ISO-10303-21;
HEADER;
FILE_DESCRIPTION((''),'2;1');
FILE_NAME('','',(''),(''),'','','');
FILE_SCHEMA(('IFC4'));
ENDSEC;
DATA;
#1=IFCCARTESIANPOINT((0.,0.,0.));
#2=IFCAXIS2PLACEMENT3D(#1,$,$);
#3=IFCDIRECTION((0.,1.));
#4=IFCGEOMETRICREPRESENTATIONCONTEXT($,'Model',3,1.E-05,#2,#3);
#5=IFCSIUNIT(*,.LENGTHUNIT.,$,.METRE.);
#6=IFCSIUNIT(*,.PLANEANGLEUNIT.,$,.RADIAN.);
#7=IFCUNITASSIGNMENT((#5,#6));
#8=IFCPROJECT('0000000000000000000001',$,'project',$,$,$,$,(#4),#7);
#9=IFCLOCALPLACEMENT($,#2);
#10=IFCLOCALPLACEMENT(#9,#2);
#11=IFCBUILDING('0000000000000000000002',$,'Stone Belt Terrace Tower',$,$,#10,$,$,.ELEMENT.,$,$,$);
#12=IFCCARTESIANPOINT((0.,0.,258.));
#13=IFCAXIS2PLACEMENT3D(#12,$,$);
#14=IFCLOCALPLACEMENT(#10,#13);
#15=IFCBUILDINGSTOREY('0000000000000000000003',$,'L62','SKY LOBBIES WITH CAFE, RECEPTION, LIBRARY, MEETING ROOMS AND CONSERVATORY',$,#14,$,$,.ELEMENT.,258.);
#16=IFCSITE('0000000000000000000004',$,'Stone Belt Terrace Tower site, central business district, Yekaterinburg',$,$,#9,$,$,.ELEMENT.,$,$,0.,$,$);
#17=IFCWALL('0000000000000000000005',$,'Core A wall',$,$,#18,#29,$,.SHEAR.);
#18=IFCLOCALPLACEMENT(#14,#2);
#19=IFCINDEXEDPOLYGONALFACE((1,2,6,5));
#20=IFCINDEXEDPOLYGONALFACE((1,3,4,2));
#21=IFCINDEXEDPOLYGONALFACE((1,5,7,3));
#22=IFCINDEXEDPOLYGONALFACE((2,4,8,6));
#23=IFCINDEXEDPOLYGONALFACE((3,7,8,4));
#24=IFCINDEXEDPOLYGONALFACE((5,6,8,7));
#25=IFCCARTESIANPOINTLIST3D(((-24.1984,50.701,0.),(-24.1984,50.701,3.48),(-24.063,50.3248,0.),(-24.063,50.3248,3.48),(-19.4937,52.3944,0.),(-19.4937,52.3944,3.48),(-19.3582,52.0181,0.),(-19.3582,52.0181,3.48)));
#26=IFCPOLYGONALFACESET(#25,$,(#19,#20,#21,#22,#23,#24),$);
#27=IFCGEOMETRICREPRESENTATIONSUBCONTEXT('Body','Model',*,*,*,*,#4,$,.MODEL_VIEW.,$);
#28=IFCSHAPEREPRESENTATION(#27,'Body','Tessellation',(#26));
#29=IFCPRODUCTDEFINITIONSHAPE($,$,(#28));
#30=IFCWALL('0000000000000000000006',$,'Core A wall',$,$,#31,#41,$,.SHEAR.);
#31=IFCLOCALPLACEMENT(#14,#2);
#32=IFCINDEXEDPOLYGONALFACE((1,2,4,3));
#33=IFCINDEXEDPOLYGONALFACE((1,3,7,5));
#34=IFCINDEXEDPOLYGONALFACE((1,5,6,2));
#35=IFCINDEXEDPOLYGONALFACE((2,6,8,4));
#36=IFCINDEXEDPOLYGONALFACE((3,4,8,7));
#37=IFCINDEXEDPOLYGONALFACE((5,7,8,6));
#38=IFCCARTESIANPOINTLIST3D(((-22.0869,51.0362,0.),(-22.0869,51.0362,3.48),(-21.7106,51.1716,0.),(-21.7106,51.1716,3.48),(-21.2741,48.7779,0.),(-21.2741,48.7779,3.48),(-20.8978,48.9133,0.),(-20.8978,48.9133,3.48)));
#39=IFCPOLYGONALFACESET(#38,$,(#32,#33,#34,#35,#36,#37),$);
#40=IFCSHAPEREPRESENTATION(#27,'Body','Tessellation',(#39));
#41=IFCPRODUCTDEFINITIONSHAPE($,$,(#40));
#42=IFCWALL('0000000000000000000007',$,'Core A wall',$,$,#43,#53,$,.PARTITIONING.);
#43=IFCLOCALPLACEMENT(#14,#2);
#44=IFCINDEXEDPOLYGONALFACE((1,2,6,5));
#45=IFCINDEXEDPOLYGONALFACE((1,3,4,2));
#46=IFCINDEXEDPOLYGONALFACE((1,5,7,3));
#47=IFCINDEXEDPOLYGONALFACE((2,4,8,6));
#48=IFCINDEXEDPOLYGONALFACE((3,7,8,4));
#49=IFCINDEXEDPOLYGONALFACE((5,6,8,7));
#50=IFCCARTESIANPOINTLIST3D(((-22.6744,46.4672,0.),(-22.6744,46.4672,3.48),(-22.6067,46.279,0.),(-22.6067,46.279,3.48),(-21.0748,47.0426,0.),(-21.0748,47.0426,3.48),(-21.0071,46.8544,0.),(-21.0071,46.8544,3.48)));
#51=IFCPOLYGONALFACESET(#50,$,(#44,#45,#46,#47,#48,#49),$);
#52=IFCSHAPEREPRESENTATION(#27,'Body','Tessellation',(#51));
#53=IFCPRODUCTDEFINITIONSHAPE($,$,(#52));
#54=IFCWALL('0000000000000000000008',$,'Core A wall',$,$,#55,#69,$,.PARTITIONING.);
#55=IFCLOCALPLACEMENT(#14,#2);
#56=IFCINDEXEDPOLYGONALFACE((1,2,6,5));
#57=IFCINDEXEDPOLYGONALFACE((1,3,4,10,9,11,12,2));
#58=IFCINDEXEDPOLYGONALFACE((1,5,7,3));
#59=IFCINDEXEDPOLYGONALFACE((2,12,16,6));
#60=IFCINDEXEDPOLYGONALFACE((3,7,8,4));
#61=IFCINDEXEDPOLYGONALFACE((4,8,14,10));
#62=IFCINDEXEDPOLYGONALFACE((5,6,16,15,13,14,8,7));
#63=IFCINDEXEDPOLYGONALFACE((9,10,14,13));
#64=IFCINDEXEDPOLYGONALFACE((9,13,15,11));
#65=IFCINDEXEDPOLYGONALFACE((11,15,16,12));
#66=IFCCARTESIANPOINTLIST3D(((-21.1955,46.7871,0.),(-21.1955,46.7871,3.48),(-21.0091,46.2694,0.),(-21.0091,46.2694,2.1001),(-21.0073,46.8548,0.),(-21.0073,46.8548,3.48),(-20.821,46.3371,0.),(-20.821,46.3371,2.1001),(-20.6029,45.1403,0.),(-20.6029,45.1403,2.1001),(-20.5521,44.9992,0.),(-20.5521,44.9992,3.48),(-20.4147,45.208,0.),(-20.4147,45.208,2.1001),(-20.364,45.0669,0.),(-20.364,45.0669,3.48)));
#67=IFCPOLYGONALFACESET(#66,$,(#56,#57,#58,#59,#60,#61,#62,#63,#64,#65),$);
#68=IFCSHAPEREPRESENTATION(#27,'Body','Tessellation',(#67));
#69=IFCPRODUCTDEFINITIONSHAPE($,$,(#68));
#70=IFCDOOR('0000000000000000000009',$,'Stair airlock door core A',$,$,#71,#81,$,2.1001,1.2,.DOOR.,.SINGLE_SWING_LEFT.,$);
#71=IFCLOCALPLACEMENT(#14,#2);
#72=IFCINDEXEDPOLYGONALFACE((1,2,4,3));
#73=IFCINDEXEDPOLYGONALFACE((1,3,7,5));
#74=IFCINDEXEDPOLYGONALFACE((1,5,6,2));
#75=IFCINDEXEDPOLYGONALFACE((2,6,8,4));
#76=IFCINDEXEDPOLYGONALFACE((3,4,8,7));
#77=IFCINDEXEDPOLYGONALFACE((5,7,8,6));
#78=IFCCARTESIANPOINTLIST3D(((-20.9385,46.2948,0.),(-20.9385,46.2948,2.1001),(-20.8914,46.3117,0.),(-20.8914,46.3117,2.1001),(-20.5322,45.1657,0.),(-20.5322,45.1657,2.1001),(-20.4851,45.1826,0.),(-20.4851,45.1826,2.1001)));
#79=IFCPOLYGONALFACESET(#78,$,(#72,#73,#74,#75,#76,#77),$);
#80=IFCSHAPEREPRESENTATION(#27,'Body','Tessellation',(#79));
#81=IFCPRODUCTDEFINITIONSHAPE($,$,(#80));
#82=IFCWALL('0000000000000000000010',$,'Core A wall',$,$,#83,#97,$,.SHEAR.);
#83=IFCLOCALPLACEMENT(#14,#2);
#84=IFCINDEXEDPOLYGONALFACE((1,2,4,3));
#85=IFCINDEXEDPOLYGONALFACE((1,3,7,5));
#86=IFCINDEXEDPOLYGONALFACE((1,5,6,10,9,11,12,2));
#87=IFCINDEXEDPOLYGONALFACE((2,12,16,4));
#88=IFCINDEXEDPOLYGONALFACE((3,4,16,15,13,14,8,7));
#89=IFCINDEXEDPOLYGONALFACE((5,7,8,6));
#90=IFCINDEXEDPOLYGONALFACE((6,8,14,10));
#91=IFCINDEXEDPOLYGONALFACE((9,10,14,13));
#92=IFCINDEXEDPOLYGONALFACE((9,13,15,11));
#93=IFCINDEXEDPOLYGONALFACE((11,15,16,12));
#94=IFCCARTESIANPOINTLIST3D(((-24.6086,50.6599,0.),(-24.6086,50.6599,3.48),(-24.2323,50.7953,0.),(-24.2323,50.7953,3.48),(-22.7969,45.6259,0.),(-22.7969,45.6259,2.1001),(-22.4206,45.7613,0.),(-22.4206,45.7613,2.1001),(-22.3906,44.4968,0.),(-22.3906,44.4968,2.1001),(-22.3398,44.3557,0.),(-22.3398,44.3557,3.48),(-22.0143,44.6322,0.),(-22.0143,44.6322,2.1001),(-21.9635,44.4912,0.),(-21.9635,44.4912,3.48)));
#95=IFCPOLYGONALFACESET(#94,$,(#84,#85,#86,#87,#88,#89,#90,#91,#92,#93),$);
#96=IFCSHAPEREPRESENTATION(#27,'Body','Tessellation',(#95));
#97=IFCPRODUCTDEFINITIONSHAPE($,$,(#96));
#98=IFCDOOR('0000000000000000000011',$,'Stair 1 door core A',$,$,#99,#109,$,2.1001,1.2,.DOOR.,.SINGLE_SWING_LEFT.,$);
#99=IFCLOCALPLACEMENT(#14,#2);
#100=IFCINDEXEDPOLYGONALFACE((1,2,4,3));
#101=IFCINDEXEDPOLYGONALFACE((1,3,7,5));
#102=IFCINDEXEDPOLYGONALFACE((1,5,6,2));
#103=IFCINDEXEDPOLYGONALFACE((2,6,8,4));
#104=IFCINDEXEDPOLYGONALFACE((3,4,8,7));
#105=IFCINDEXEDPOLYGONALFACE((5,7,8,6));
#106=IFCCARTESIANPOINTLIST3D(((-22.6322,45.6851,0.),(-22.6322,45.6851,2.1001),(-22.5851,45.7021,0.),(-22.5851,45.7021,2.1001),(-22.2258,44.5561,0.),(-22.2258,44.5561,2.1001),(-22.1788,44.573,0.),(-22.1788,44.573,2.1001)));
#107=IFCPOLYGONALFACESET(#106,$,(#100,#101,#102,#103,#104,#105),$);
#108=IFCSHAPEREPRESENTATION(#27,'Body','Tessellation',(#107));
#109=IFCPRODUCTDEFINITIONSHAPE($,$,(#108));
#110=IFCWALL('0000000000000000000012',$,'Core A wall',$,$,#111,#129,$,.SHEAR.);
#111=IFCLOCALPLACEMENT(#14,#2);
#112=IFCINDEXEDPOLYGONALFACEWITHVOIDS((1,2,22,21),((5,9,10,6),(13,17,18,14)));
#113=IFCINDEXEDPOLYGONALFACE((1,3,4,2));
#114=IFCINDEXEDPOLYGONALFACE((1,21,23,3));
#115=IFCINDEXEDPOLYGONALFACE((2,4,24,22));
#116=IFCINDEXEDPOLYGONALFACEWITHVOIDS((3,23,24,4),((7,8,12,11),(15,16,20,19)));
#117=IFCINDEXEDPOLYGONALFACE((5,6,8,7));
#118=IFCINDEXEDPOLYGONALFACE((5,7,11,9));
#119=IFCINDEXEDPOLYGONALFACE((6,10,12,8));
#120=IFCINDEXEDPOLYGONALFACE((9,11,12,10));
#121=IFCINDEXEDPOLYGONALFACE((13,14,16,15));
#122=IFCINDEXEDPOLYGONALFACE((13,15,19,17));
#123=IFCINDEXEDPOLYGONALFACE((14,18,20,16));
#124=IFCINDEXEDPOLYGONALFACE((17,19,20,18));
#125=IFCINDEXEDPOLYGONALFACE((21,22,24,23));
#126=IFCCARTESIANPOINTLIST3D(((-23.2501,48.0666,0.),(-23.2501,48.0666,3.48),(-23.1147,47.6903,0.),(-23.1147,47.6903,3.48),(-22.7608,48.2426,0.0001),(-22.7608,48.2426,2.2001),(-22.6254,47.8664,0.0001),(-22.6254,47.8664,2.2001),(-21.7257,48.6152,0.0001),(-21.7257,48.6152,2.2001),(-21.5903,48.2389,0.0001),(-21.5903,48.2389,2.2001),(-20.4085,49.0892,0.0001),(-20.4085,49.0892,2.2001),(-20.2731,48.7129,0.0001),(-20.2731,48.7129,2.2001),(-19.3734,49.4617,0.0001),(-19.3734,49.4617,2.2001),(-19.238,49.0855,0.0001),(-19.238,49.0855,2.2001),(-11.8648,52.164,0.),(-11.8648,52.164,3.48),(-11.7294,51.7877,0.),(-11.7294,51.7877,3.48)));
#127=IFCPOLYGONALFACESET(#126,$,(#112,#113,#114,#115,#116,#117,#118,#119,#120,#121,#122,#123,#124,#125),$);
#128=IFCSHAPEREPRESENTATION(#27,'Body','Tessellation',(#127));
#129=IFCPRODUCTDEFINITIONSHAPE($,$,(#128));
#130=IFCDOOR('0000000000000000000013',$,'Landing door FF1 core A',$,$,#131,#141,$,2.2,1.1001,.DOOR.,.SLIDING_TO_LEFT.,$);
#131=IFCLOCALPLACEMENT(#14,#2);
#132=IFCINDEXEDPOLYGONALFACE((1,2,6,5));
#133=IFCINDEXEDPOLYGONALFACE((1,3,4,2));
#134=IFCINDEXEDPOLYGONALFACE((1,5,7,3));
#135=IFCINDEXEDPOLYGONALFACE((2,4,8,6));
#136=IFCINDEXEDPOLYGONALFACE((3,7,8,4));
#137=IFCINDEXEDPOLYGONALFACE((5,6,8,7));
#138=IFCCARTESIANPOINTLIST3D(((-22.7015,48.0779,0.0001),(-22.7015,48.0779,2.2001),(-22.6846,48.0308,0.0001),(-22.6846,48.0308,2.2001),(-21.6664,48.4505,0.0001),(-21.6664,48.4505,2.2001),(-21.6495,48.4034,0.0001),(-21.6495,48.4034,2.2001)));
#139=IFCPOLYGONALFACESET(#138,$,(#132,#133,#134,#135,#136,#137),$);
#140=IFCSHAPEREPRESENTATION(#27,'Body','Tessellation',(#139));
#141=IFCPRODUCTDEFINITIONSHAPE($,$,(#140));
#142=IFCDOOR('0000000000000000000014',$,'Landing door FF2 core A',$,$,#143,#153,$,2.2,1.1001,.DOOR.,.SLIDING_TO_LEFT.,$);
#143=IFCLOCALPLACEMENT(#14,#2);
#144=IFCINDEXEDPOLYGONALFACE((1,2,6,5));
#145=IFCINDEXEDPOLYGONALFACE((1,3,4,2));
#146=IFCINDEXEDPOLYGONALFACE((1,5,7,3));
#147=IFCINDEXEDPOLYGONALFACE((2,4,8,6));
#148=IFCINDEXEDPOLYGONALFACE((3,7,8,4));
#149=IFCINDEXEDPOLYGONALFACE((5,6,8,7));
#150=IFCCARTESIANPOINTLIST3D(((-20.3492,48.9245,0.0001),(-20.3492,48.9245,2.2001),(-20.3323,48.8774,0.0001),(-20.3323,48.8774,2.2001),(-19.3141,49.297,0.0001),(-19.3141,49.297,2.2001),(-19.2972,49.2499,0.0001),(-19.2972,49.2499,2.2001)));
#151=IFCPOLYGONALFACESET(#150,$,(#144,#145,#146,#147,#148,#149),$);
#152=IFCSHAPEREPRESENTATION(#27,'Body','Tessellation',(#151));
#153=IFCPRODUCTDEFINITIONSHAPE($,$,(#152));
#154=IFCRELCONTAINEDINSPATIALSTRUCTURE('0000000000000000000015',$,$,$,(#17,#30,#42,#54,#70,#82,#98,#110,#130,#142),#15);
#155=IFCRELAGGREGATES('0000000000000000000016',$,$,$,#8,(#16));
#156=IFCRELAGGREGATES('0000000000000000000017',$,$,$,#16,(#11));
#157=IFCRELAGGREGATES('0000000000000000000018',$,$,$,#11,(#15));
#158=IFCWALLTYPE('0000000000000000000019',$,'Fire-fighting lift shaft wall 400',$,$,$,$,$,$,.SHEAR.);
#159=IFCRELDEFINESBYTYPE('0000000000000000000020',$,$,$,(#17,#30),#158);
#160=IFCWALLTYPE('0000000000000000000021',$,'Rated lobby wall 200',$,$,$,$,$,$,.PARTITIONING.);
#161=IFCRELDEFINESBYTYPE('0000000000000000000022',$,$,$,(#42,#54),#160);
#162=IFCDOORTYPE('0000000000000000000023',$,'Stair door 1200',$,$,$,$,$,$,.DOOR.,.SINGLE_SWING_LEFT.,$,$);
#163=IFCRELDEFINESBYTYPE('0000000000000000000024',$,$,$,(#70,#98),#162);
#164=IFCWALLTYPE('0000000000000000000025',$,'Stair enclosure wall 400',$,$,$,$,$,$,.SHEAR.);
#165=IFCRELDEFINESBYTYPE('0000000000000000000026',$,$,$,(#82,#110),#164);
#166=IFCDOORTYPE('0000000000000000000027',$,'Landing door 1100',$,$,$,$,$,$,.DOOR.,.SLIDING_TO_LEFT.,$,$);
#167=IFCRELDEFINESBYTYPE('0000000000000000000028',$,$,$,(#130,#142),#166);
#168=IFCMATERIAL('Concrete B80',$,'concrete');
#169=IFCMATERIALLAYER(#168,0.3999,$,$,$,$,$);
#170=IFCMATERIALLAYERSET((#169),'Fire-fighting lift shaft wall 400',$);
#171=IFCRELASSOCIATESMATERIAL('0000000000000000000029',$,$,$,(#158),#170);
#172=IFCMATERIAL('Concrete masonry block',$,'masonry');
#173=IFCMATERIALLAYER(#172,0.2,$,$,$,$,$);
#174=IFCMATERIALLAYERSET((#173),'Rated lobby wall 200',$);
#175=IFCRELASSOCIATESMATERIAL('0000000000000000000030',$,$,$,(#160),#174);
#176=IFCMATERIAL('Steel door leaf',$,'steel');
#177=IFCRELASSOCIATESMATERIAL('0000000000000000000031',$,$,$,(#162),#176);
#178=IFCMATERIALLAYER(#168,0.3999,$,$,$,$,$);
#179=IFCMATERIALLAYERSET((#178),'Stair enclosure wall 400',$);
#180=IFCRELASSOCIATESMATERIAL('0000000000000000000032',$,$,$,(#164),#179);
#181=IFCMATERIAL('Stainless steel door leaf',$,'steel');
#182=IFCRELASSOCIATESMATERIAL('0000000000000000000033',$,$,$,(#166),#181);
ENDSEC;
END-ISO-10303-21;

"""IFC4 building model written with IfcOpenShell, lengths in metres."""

from ifc_helpers import new_model, si_unit, direction, frame, frame_2d, origin, place, context, subcontext, project, spatial, rectangle, extrude, material, layer, layer_set, type_object, element, fill, save


model = new_model("IFC4")

# Units and contexts
model_context = context("Model", 3, precision=1e-05, world=origin(), true_north=direction((0.0, 1.0)))
body_context = subcontext(model_context, "Body", "Model", "MODEL_VIEW")
ifc_project = project(units=[si_unit("LENGTHUNIT", "METRE"), si_unit("PLANEANGLEUNIT", "RADIAN")], contexts=[model_context])

# Site, building, storey
site_placement = place(None, origin())
site = spatial("IfcSite", under=ifc_project, at=site_placement, Name="Stone Belt Terrace Tower site, central business district, Yekaterinburg", CompositionType="ELEMENT", RefElevation=0.0)
building_placement = place(site_placement, origin())
building = spatial("IfcBuilding", under=site, at=building_placement, Name="Stone Belt Terrace Tower", CompositionType="ELEMENT")
storey_placement = place(building_placement, frame((0.0, 0.0, 258.0)))
storey = spatial("IfcBuildingStorey", under=building, at=storey_placement, Name="L62", Description="SKY LOBBIES WITH CAFE, RECEPTION, LIBRARY, MEETING ROOMS AND CONSERVATORY", CompositionType="ELEMENT", Elevation=258.0)

# Walls
ifc_material_1 = material(Name="Concrete B80", Category="concrete")
ifc_layer_1 = layer(ifc_material_1, 0.3999)
ifc_layer_set_1 = layer_set([ifc_layer_1], Name="Fire-fighting lift shaft wall 400")
wall_type_1 = type_object("IfcWallType", Name="Fire-fighting lift shaft wall 400", PredefinedType="SHEAR", material=ifc_layer_set_1)
wall_1_placement = place(storey_placement, frame((-24.1306, 50.5129, 0.0), z_axis=(0.0, 0.0, 1.0), x_axis=(0.940912, 0.338652, 0.0)))
element("IfcWall", 1, at=wall_1_placement, inside=storey, type_object=wall_type_1, Name="Core A wall", PredefinedType="SHEAR", context=body_context, shape_type="SweptSolid", body=[
    extrude(rectangle(XDim=5.0002, YDim=0.3999, at=frame_2d((2.5, 0.0))), origin(), (0.0, 0.0, 1.0), 3.48),
])
wall_2_placement = place(storey_placement, frame((-21.0859, 48.8455, 0.0), z_axis=(0.0, 0.0, 1.0), x_axis=(-0.338629, 0.94092, 0.0)))
element("IfcWall", 2, at=wall_2_placement, inside=storey, type_object=wall_type_1, Name="Core A wall", PredefinedType="SHEAR", context=body_context, shape_type="SweptSolid", body=[
    extrude(rectangle(XDim=2.4001, YDim=0.3999, at=frame_2d((1.2002, 0.0))), origin(), (0.0, 0.0, 1.0), 3.48),
])
ifc_material_2 = material(Name="Concrete masonry block", Category="masonry")
ifc_layer_2 = layer(ifc_material_2, 0.2)
ifc_layer_set_2 = layer_set([ifc_layer_2], Name="Rated lobby wall 200")
wall_type_2 = type_object("IfcWallType", Name="Rated lobby wall 200", PredefinedType="PARTITIONING", material=ifc_layer_set_2)
wall_3_placement = place(storey_placement, frame((-22.6406, 46.373, 0.0), z_axis=(0.0, 0.0, 1.0), x_axis=(0.940966, 0.338501, 0.0)))
element("IfcWall", 3, at=wall_3_placement, inside=storey, type_object=wall_type_2, Name="Core A wall", PredefinedType="PARTITIONING", context=body_context, shape_type="SweptSolid", body=[
    extrude(rectangle(XDim=1.7, YDim=0.2, at=frame_2d((0.8501, 0.0))), origin(), (0.0, 0.0, 1.0), 3.48),
])

# Walls, openings, doors
wall_4_placement = place(storey_placement, frame((-20.458, 45.033, 0.0), z_axis=(0.0, 0.0, 1.0), x_axis=(-0.338574, 0.94094, 0.0)))
wall_4 = element("IfcWall", 4, at=wall_4_placement, inside=storey, type_object=wall_type_2, Name="Core A wall", PredefinedType="PARTITIONING", context=body_context, shape_type="SweptSolid", body=[
    extrude(rectangle(XDim=1.9001, YDim=0.2, at=frame_2d((0.9502, 0.0))), origin(), (0.0, 0.0, 1.0), 3.48),
])
opening_1_placement = place(wall_4_placement, frame((0.1499, 0.0, 0.0)))
opening_1 = element("IfcOpeningElement", 5, at=opening_1_placement, cuts=wall_4, PredefinedType="OPENING", context=body_context, shape_type="SweptSolid", body=[
    extrude(rectangle(XDim=1.2, YDim=2.1001, at=frame_2d((0.6001, 1.05))), frame((0.0, 0.1099, 0.0), z_axis=(0.0, -1.0, 0.0), x_axis=(1.0, 0.0, 0.0)), (0.0, 0.0, 1.0), 0.22),
])
ifc_material_3 = material(Name="Steel door leaf", Category="steel")
door_type_1 = type_object("IfcDoorType", Name="Stair door 1200", OperationType="SINGLE_SWING_LEFT", PredefinedType="DOOR", material=ifc_material_3)
door_1_placement = place(opening_1_placement, origin())
door_1 = element("IfcDoor", 6, at=door_1_placement, inside=storey, type_object=door_type_1, Name="Stair airlock door core A", OperationType="SINGLE_SWING_LEFT", OverallHeight=2.1001, OverallWidth=1.2, PredefinedType="DOOR", context=body_context, shape_type="SweptSolid", body=[
    extrude(rectangle(XDim=1.2, YDim=2.1001, at=frame_2d((0.6001, 1.05))), frame((0.0, 0.0249, 0.0), z_axis=(0.0, -1.0, 0.0), x_axis=(1.0, 0.0, 0.0)), (0.0, 0.0, 1.0), 0.05),
])
fill(opening_1, door_1)
ifc_layer_3 = layer(ifc_material_1, 0.3999)
ifc_layer_set_3 = layer_set([ifc_layer_3], Name="Stair enclosure wall 400")
wall_type_3 = type_object("IfcWallType", Name="Stair enclosure wall 400", PredefinedType="SHEAR", material=ifc_layer_set_3)
wall_5_placement = place(storey_placement, frame((-22.1516, 44.4233, 0.0), z_axis=(0.0, 0.0, 1.0), x_axis=(-0.338625, 0.940921, 0.0)))
wall_5 = element("IfcWall", 7, at=wall_5_placement, inside=storey, type_object=wall_type_3, Name="Core A wall", PredefinedType="SHEAR", context=body_context, shape_type="SweptSolid", body=[
    extrude(rectangle(XDim=6.7, YDim=0.3999, at=frame_2d((3.3501, 0.0))), origin(), (0.0, 0.0, 1.0), 3.48),
])
opening_2_placement = place(wall_5_placement, frame((0.1499, 0.0, 0.0)))
opening_2 = element("IfcOpeningElement", 8, at=opening_2_placement, cuts=wall_5, PredefinedType="OPENING", context=body_context, shape_type="SweptSolid", body=[
    extrude(rectangle(XDim=1.2, YDim=2.1001, at=frame_2d((0.6001, 1.05))), frame((0.0, 0.21, 0.0), z_axis=(0.0, -1.0, 0.0), x_axis=(1.0, 0.0, 0.0)), (0.0, 0.0, 1.0), 0.4199),
])
door_2_placement = place(opening_2_placement, origin())
door_2 = element("IfcDoor", 9, at=door_2_placement, inside=storey, type_object=door_type_1, Name="Stair 1 door core A", OperationType="SINGLE_SWING_LEFT", OverallHeight=2.1001, OverallWidth=1.2, PredefinedType="DOOR", context=body_context, shape_type="SweptSolid", body=[
    extrude(rectangle(XDim=1.2, YDim=2.1001, at=frame_2d((0.6001, 1.05))), frame((0.0, 0.0249, 0.0), z_axis=(0.0, -1.0, 0.0), x_axis=(1.0, 0.0, 0.0)), (0.0, 0.0, 1.0), 0.05),
])
fill(opening_2, door_2)

# Wall, openings, doors
wall_6_placement = place(storey_placement, frame((-23.1824, 47.8784, 0.0), z_axis=(0.0, 0.0, 1.0), x_axis=(0.940921, 0.338626, 0.0)))
wall_6 = element("IfcWall", 10, at=wall_6_placement, inside=storey, type_object=wall_type_3, Name="Core A wall", PredefinedType="SHEAR", context=body_context, shape_type="SweptSolid", body=[
    extrude(rectangle(XDim=12.1001, YDim=0.3999, at=frame_2d((6.05, 0.0))), origin(), (0.0, 0.0, 1.0), 3.48),
])
opening_3_placement = place(wall_6_placement, frame((0.52, 0.0, 0.0)))
opening_3 = element("IfcOpeningElement", 11, at=opening_3_placement, cuts=wall_6, PredefinedType="OPENING", context=body_context, shape_type="SweptSolid", body=[
    extrude(rectangle(XDim=1.1001, YDim=2.2, at=frame_2d((0.55, 1.1001))), frame((0.0, 0.21, 0.0), z_axis=(0.0, -1.0, 0.0), x_axis=(1.0, 0.0, 0.0)), (0.0, 0.0, 1.0), 0.4199),
])
opening_4_placement = place(wall_6_placement, frame((3.02, 0.0, 0.0)))
opening_4 = element("IfcOpeningElement", 12, at=opening_4_placement, cuts=wall_6, PredefinedType="OPENING", context=body_context, shape_type="SweptSolid", body=[
    extrude(rectangle(XDim=1.1001, YDim=2.2, at=frame_2d((0.55, 1.1001))), frame((0.0, 0.21, 0.0), z_axis=(0.0, -1.0, 0.0), x_axis=(1.0, 0.0, 0.0)), (0.0, 0.0, 1.0), 0.4199),
])
ifc_material_4 = material(Name="Stainless steel door leaf", Category="steel")
door_type_2 = type_object("IfcDoorType", Name="Landing door 1100", OperationType="SLIDING_TO_LEFT", PredefinedType="DOOR", material=ifc_material_4)
door_3_placement = place(opening_3_placement, origin())
door_3 = element("IfcDoor", 13, at=door_3_placement, inside=storey, type_object=door_type_2, Name="Landing door FF1 core A", OperationType="SLIDING_TO_LEFT", OverallHeight=2.2, OverallWidth=1.1001, PredefinedType="DOOR", context=body_context, shape_type="SweptSolid", body=[
    extrude(rectangle(XDim=1.1001, YDim=2.2, at=frame_2d((0.55, 1.1001))), frame((0.0, 0.0249, 0.0), z_axis=(0.0, -1.0, 0.0), x_axis=(1.0, 0.0, 0.0)), (0.0, 0.0, 1.0), 0.05),
])
fill(opening_3, door_3)
door_4_placement = place(opening_4_placement, origin())
door_4 = element("IfcDoor", 14, at=door_4_placement, inside=storey, type_object=door_type_2, Name="Landing door FF2 core A", OperationType="SLIDING_TO_LEFT", OverallHeight=2.2, OverallWidth=1.1001, PredefinedType="DOOR", context=body_context, shape_type="SweptSolid", body=[
    extrude(rectangle(XDim=1.1001, YDim=2.2, at=frame_2d((0.55, 1.1001))), frame((0.0, 0.0249, 0.0), z_axis=(0.0, -1.0, 0.0), x_axis=(1.0, 0.0, 0.0)), (0.0, 0.0, 1.0), 0.05),
])
fill(opening_4, door_4)

save(model, "model.ifc")
